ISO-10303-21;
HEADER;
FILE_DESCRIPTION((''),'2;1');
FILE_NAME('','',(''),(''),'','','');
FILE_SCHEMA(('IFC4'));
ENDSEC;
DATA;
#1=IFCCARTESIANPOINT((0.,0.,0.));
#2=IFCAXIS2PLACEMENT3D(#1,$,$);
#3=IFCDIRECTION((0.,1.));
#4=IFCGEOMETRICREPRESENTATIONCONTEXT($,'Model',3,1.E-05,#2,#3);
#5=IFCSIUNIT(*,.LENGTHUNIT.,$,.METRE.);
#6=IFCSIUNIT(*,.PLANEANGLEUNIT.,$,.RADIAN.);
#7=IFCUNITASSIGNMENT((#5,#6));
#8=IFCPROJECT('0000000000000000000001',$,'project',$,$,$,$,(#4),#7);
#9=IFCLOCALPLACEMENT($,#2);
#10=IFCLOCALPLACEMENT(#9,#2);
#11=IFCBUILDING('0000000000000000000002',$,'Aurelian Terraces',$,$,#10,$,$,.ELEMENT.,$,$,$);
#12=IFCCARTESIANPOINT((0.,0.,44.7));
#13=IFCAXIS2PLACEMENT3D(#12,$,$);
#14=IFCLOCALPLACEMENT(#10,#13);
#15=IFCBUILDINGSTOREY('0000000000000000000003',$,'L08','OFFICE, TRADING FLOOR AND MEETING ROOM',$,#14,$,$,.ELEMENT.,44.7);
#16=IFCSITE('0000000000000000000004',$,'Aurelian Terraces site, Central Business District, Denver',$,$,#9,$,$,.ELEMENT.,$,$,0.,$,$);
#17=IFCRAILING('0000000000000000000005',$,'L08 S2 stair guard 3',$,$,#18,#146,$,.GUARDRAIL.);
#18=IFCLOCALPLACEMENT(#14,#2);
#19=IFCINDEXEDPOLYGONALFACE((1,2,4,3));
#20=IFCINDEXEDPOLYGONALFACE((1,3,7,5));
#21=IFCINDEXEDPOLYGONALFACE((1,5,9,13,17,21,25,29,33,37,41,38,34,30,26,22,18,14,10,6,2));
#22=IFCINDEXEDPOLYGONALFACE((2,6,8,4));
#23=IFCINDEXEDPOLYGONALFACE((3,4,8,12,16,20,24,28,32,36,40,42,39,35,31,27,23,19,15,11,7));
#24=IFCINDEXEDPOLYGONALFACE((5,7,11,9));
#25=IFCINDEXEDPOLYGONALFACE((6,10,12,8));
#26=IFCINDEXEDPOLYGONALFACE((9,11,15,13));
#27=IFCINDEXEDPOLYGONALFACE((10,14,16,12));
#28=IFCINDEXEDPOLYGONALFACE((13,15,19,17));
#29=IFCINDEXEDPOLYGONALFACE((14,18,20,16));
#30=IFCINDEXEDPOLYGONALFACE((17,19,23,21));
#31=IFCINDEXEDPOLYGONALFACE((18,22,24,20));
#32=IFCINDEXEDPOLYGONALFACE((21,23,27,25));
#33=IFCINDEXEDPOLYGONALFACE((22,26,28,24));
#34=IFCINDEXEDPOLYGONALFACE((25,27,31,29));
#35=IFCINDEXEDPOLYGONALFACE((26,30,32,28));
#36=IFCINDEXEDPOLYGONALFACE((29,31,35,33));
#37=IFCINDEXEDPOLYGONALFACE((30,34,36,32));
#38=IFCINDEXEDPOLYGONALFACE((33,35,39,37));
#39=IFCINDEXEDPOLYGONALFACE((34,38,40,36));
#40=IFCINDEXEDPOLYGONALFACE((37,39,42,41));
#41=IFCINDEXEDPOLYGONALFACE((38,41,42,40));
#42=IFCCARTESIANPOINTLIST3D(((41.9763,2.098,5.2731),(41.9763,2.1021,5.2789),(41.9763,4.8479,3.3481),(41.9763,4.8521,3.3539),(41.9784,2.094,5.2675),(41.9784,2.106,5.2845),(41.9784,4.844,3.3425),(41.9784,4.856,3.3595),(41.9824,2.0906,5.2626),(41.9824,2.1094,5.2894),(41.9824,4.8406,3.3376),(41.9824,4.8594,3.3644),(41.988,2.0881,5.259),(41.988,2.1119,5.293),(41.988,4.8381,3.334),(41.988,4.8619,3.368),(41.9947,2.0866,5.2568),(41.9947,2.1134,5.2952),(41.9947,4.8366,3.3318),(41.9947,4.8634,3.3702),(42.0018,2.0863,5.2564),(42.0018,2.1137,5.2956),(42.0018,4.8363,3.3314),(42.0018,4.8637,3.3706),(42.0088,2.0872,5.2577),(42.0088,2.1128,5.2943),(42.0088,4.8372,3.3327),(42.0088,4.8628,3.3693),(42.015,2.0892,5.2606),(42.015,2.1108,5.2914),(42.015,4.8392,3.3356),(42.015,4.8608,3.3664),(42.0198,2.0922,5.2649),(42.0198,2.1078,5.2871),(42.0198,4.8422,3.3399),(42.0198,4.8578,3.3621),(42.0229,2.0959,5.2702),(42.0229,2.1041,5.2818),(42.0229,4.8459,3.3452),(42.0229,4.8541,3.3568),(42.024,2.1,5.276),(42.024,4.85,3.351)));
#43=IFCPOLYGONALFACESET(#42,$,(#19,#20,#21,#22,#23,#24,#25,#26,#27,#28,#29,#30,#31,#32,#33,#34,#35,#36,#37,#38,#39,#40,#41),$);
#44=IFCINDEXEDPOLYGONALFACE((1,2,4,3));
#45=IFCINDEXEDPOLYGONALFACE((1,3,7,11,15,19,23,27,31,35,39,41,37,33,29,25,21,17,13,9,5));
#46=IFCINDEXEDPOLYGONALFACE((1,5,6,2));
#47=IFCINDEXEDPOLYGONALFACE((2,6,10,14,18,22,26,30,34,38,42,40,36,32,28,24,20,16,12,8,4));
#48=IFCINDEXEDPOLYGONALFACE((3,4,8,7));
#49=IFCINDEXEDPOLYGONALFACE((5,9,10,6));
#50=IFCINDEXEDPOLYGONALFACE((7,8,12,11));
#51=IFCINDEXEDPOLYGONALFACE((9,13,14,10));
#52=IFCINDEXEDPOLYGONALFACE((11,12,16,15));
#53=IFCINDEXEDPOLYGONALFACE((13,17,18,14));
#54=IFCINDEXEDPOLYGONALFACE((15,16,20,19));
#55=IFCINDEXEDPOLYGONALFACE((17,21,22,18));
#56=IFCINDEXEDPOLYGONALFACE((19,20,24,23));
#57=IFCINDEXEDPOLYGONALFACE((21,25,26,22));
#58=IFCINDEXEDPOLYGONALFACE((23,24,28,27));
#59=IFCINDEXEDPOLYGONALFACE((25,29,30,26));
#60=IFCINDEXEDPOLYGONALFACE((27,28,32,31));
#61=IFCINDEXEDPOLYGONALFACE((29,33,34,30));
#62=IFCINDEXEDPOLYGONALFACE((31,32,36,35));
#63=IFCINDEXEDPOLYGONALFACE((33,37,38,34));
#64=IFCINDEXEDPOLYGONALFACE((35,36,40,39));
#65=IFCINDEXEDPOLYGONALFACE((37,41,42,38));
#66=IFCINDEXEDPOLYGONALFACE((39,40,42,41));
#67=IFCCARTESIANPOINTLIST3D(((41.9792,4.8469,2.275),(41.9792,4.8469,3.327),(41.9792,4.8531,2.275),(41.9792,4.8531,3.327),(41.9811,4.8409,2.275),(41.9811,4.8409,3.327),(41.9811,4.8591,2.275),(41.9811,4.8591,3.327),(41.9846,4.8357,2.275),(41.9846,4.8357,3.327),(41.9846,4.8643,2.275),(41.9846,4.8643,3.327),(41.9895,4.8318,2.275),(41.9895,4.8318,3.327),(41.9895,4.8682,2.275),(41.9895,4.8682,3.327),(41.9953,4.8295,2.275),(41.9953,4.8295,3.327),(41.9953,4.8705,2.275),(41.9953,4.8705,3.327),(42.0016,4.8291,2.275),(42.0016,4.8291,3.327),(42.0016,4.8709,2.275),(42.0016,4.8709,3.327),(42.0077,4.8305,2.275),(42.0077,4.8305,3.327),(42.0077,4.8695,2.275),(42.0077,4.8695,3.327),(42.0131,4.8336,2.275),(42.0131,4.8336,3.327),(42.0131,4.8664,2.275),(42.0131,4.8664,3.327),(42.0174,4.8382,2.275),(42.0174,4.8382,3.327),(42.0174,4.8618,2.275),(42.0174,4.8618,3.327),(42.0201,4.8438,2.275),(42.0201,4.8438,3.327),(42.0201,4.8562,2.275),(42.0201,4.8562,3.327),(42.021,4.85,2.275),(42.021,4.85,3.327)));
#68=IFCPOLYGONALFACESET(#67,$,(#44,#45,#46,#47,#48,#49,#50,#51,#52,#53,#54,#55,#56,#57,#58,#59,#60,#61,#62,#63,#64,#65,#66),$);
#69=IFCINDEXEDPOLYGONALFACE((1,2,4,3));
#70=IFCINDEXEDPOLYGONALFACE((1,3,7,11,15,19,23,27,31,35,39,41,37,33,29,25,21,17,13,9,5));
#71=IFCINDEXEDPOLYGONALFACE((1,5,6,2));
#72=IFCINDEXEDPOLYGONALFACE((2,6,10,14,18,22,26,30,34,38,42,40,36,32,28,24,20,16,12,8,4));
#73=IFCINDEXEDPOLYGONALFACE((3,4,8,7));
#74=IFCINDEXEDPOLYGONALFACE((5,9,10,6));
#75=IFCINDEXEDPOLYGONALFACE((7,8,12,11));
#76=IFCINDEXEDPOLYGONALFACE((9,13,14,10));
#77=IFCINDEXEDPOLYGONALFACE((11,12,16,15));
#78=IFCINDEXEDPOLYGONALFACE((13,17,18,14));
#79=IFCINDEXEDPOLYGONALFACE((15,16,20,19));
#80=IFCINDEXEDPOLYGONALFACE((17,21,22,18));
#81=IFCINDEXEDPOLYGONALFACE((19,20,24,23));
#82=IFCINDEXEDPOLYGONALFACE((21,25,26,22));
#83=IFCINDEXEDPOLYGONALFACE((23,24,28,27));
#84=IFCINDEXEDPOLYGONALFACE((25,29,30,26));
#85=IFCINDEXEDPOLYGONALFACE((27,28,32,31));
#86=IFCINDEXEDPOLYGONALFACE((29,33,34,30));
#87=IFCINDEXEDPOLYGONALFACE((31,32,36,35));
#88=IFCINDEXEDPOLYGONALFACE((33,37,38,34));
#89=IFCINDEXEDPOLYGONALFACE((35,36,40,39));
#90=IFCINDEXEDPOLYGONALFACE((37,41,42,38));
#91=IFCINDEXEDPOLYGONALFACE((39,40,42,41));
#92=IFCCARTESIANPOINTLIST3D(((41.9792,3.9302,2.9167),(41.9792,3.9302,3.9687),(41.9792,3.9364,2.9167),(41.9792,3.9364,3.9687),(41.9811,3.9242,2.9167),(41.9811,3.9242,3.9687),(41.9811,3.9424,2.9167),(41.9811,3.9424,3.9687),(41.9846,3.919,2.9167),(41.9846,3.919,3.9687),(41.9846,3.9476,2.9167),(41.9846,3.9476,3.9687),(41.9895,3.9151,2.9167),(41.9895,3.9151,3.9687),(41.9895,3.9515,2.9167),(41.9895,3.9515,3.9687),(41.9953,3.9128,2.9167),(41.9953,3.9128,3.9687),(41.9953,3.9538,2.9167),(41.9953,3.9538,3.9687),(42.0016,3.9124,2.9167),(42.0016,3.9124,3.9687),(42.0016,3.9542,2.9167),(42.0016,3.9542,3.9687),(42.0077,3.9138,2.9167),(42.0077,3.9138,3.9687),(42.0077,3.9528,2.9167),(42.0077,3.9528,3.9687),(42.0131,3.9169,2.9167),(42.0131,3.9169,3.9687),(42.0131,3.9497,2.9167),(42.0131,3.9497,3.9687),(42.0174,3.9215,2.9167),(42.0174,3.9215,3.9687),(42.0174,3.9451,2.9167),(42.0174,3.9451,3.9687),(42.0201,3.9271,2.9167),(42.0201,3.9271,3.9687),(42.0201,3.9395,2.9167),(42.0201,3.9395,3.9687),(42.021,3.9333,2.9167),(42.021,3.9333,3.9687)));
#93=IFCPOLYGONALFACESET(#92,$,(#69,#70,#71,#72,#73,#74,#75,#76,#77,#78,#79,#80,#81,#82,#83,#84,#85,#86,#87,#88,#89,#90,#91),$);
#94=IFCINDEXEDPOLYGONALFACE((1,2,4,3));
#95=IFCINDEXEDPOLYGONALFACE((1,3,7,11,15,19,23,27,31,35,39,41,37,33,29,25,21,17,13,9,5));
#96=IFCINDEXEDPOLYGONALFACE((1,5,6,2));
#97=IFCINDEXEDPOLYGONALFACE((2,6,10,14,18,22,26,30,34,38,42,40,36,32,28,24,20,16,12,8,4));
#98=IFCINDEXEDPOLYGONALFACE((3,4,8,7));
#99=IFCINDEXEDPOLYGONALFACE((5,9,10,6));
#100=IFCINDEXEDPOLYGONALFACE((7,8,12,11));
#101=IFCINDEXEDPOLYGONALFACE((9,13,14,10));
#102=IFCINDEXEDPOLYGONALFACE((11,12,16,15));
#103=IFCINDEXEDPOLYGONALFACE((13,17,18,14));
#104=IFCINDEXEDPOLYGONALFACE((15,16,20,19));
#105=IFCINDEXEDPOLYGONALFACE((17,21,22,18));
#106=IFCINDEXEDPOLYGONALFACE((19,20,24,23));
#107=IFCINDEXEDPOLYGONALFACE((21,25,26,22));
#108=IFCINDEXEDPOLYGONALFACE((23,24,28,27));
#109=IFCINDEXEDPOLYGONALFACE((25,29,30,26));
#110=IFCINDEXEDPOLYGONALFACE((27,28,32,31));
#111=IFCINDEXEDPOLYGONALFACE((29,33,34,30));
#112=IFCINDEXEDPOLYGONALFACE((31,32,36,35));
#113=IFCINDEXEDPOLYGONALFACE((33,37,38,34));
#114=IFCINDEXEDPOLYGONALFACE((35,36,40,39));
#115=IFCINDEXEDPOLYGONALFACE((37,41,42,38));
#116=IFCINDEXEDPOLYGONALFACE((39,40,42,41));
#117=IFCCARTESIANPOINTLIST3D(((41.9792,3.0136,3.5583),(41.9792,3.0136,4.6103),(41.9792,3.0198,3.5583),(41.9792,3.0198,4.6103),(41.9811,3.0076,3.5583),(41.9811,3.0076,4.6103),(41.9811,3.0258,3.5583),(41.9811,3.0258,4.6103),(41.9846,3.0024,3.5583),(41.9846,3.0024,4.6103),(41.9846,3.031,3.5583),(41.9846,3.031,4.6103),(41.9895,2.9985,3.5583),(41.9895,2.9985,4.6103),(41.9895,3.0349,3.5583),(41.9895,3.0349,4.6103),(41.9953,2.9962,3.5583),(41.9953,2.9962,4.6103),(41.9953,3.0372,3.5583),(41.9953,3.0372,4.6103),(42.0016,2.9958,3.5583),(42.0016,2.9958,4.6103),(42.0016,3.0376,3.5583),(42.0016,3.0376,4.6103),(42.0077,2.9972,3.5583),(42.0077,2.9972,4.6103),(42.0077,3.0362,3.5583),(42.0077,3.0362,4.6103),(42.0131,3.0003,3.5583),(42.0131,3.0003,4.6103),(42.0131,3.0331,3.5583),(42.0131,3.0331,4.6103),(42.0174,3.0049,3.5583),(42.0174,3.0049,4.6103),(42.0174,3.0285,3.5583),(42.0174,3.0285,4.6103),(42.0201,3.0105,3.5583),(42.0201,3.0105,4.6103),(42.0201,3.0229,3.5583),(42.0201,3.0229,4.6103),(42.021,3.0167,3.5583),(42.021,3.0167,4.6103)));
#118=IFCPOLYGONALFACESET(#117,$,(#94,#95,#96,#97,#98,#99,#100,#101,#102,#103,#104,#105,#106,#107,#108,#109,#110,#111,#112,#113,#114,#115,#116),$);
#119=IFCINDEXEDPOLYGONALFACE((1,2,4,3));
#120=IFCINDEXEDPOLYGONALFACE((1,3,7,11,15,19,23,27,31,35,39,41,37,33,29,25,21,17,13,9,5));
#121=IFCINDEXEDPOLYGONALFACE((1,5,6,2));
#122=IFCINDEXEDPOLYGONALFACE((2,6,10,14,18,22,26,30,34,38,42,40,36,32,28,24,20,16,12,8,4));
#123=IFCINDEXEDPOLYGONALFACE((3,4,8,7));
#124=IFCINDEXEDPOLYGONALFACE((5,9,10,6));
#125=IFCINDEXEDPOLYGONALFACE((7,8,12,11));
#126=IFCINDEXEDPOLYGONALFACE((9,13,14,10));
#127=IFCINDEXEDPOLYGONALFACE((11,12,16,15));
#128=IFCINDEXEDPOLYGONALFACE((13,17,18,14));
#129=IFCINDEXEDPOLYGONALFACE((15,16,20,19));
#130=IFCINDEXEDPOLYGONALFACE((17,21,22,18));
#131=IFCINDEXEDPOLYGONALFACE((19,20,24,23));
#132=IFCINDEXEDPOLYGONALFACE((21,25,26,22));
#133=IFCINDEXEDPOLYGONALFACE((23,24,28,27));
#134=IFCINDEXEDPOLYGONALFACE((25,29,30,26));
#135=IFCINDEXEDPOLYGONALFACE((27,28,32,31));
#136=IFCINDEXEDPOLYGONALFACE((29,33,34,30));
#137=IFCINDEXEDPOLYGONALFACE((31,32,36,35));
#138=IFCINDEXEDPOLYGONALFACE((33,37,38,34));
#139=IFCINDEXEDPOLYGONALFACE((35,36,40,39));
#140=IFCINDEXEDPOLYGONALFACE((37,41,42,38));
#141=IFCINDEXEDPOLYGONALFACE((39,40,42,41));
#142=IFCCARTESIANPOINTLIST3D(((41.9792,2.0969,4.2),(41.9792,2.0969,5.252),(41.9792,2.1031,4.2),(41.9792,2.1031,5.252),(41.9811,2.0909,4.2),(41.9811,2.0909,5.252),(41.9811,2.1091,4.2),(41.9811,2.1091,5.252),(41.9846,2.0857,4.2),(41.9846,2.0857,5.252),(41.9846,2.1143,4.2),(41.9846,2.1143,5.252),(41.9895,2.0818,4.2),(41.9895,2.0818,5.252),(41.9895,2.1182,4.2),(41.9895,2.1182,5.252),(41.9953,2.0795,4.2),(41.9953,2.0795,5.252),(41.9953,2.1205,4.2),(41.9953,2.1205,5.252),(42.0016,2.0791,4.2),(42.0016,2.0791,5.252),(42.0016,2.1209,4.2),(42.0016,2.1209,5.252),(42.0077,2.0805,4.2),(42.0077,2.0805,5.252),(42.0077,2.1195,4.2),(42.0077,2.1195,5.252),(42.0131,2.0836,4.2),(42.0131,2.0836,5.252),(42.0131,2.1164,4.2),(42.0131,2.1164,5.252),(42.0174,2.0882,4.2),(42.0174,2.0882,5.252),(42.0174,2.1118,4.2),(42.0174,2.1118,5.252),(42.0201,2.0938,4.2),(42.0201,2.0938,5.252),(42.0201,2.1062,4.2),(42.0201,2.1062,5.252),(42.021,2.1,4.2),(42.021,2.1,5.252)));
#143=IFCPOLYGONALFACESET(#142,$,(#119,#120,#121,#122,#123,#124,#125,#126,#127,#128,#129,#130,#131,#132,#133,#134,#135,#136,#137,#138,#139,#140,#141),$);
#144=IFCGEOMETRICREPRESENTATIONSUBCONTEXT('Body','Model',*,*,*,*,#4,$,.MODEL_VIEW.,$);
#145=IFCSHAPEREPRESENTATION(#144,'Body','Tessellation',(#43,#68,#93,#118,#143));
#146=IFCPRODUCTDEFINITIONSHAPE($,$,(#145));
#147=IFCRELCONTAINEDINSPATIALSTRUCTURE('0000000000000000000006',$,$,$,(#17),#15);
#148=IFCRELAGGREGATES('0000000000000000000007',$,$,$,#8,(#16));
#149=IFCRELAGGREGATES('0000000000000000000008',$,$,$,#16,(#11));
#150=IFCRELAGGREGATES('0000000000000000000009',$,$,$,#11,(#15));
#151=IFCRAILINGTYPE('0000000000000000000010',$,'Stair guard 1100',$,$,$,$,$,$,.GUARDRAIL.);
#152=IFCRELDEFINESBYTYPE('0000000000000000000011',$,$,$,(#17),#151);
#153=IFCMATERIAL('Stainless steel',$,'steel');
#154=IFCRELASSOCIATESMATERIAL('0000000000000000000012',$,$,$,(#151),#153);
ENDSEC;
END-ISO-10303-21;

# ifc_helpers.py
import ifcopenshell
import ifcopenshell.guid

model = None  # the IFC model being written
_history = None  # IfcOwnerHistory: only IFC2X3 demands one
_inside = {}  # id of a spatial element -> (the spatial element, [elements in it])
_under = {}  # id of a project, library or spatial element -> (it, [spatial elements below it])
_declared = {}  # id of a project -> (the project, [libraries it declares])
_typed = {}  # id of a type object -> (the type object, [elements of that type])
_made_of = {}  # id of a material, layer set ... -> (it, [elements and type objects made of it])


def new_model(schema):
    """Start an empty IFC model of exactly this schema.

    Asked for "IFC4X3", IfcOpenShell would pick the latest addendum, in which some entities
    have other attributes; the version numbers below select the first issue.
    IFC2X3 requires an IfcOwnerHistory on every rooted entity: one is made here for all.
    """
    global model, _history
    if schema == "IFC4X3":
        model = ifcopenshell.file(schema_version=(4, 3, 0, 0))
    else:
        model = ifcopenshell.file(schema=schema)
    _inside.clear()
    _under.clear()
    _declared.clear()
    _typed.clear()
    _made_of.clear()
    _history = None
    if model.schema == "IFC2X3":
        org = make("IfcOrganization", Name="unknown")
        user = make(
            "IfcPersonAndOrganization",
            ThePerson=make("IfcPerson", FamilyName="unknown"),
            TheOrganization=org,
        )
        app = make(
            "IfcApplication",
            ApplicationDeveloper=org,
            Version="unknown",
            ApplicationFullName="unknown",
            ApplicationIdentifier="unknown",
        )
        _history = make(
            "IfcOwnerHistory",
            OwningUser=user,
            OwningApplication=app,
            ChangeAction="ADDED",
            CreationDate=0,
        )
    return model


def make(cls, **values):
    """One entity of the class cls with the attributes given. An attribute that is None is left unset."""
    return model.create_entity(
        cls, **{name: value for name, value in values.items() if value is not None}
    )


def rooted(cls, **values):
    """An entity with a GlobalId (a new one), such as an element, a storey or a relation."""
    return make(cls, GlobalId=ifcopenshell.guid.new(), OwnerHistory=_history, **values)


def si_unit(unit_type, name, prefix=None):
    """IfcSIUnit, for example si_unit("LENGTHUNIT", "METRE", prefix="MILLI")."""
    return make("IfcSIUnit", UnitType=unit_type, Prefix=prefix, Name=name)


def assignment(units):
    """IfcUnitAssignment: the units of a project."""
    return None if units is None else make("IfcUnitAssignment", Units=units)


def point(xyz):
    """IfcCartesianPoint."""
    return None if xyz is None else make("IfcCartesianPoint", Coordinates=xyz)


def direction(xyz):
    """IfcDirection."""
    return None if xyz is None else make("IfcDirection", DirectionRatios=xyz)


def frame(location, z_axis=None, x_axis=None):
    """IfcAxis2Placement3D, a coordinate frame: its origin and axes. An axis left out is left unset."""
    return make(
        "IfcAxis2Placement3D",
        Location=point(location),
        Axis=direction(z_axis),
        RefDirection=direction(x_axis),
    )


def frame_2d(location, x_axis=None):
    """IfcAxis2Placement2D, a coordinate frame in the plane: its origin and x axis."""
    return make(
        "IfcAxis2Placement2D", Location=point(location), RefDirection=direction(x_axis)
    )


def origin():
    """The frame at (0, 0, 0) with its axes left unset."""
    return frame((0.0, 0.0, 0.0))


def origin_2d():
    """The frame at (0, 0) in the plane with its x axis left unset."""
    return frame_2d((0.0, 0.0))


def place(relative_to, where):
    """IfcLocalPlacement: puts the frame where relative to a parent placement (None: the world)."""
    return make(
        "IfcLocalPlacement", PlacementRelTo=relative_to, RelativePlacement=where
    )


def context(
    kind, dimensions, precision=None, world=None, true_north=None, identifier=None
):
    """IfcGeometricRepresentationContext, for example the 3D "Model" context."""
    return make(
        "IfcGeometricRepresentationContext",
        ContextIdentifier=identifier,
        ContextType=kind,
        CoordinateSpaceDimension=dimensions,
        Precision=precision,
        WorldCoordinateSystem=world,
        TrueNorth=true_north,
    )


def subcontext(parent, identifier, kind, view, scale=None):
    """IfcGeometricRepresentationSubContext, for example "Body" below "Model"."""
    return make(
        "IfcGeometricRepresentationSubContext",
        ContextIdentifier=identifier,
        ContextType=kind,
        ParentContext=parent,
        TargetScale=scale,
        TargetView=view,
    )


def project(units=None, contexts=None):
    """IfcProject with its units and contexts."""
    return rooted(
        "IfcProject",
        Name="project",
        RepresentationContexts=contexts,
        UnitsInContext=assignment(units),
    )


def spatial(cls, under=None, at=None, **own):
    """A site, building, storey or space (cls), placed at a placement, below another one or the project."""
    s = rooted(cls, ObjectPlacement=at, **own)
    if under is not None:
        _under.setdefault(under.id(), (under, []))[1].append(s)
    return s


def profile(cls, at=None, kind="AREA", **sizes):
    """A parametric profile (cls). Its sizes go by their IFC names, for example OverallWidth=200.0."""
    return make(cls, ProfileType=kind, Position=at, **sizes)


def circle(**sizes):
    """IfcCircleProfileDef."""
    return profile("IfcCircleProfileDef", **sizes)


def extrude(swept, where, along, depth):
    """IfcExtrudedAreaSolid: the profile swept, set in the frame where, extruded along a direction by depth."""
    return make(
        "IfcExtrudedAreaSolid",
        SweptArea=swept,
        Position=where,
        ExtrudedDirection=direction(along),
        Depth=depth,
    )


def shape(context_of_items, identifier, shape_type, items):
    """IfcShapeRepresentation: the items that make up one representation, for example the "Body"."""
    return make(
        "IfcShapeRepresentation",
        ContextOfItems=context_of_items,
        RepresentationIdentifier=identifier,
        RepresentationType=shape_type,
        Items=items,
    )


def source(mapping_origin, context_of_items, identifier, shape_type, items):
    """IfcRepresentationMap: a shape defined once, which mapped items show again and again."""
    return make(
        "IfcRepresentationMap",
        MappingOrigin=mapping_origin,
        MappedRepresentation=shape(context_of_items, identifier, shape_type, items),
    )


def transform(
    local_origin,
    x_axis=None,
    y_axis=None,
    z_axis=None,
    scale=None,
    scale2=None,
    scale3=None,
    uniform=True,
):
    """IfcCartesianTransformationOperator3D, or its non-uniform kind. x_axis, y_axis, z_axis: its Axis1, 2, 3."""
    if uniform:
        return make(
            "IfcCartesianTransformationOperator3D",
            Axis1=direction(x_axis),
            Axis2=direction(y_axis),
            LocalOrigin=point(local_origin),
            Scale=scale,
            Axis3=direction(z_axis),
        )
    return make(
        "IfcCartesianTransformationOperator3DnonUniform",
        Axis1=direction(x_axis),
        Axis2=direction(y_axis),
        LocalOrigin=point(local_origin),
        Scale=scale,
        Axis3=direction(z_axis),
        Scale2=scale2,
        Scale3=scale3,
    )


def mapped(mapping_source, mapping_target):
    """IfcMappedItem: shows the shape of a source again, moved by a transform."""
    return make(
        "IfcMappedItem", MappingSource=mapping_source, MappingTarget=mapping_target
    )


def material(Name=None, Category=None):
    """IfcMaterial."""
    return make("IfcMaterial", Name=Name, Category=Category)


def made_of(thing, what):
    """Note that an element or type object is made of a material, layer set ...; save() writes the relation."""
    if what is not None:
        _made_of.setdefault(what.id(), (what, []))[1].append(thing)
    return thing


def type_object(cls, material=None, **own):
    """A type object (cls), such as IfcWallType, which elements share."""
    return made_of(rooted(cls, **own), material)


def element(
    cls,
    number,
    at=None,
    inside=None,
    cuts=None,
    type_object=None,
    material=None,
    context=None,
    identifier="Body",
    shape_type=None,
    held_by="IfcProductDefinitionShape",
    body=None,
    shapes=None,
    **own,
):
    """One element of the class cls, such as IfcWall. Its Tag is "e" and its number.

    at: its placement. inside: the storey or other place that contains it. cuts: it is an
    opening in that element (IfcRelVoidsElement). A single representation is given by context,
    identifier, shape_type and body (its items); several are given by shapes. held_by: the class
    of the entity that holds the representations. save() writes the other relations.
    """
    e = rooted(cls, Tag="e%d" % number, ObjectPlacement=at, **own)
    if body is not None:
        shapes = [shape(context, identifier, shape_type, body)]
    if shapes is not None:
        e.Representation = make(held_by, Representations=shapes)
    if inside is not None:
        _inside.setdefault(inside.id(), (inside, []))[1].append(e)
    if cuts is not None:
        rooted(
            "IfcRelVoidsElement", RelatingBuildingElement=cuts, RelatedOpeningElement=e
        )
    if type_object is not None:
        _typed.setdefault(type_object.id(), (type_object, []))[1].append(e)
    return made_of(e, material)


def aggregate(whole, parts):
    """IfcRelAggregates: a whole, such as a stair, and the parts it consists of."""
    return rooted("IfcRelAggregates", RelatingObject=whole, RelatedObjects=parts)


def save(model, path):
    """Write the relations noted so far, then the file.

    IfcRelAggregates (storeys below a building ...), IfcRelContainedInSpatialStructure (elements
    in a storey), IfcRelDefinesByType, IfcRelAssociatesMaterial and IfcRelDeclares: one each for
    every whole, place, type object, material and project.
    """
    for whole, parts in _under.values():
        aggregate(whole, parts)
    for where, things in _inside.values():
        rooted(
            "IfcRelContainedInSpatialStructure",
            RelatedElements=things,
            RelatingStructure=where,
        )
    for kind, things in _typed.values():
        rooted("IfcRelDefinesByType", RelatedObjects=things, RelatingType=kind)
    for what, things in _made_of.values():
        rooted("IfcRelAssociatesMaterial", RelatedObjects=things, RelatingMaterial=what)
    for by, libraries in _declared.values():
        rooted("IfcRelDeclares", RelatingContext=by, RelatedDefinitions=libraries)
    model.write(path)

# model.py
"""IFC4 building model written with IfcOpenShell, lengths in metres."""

from ifc_helpers import new_model, si_unit, direction, frame, origin, origin_2d, place, context, subcontext, project, spatial, circle, extrude, source, transform, mapped, material, type_object, element, save


model = new_model("IFC4")

# Units and contexts
model_context = context("Model", 3, precision=1e-05, world=origin(), true_north=direction((0.0, 1.0)))
body_context = subcontext(model_context, "Body", "Model", "MODEL_VIEW")
ifc_project = project(units=[si_unit("LENGTHUNIT", "METRE"), si_unit("PLANEANGLEUNIT", "RADIAN")], contexts=[model_context])

# Site, building, storey
site_placement = place(None, origin())
site = spatial("IfcSite", under=ifc_project, at=site_placement, Name="Aurelian Terraces site, Central Business District, Denver", CompositionType="ELEMENT", RefElevation=0.0)
building_placement = place(site_placement, origin())
building = spatial("IfcBuilding", under=site, at=building_placement, Name="Aurelian Terraces", CompositionType="ELEMENT")
storey_placement = place(building_placement, frame((0.0, 0.0, 44.7)))
storey = spatial("IfcBuildingStorey", under=building, at=storey_placement, Name="L08", Description="OFFICE, TRADING FLOOR AND MEETING ROOM", CompositionType="ELEMENT", Elevation=44.7)

# Railing
ifc_material_1 = material(Name="Stainless steel", Category="steel")
railing_type_1 = type_object("IfcRailingType", Name="Stair guard 1100", PredefinedType="GUARDRAIL", material=ifc_material_1)
shared_shape_1 = source(origin(), body_context, "Body", "SweptSolid", [
    extrude(circle(Radius=0.024, at=origin_2d()), frame((0.0, 0.0, 1.076), z_axis=(0.0, -0.819232, 0.573462), x_axis=(1.0, 0.0, 0.0)), (0.0, 0.0, 1.0), 3.3568),
    extrude(circle(Radius=0.021, at=origin_2d()), origin(), (0.0, 0.0, 1.0), 1.052),
    extrude(circle(Radius=0.021, at=origin_2d()), frame((0.0, -0.9167, 0.6417)), (0.0, 0.0, 1.0), 1.052),
    extrude(circle(Radius=0.021, at=origin_2d()), frame((0.0, -1.8333, 1.2833)), (0.0, 0.0, 1.0), 1.052),
    extrude(circle(Radius=0.021, at=origin_2d()), frame((0.0, -2.75, 1.925)), (0.0, 0.0, 1.0), 1.052),
])
railing_1_placement = place(storey_placement, frame((42.0, 4.85, 2.275)))
element("IfcRailing", 1, at=railing_1_placement, inside=storey, type_object=railing_type_1, Name="L08 S2 stair guard 3", PredefinedType="GUARDRAIL", context=body_context, shape_type="MappedRepresentation", body=[
    mapped(shared_shape_1, transform((0.0, 0.0, 0.0), scale=1.0)),
])

save(model, "model.ifc")
